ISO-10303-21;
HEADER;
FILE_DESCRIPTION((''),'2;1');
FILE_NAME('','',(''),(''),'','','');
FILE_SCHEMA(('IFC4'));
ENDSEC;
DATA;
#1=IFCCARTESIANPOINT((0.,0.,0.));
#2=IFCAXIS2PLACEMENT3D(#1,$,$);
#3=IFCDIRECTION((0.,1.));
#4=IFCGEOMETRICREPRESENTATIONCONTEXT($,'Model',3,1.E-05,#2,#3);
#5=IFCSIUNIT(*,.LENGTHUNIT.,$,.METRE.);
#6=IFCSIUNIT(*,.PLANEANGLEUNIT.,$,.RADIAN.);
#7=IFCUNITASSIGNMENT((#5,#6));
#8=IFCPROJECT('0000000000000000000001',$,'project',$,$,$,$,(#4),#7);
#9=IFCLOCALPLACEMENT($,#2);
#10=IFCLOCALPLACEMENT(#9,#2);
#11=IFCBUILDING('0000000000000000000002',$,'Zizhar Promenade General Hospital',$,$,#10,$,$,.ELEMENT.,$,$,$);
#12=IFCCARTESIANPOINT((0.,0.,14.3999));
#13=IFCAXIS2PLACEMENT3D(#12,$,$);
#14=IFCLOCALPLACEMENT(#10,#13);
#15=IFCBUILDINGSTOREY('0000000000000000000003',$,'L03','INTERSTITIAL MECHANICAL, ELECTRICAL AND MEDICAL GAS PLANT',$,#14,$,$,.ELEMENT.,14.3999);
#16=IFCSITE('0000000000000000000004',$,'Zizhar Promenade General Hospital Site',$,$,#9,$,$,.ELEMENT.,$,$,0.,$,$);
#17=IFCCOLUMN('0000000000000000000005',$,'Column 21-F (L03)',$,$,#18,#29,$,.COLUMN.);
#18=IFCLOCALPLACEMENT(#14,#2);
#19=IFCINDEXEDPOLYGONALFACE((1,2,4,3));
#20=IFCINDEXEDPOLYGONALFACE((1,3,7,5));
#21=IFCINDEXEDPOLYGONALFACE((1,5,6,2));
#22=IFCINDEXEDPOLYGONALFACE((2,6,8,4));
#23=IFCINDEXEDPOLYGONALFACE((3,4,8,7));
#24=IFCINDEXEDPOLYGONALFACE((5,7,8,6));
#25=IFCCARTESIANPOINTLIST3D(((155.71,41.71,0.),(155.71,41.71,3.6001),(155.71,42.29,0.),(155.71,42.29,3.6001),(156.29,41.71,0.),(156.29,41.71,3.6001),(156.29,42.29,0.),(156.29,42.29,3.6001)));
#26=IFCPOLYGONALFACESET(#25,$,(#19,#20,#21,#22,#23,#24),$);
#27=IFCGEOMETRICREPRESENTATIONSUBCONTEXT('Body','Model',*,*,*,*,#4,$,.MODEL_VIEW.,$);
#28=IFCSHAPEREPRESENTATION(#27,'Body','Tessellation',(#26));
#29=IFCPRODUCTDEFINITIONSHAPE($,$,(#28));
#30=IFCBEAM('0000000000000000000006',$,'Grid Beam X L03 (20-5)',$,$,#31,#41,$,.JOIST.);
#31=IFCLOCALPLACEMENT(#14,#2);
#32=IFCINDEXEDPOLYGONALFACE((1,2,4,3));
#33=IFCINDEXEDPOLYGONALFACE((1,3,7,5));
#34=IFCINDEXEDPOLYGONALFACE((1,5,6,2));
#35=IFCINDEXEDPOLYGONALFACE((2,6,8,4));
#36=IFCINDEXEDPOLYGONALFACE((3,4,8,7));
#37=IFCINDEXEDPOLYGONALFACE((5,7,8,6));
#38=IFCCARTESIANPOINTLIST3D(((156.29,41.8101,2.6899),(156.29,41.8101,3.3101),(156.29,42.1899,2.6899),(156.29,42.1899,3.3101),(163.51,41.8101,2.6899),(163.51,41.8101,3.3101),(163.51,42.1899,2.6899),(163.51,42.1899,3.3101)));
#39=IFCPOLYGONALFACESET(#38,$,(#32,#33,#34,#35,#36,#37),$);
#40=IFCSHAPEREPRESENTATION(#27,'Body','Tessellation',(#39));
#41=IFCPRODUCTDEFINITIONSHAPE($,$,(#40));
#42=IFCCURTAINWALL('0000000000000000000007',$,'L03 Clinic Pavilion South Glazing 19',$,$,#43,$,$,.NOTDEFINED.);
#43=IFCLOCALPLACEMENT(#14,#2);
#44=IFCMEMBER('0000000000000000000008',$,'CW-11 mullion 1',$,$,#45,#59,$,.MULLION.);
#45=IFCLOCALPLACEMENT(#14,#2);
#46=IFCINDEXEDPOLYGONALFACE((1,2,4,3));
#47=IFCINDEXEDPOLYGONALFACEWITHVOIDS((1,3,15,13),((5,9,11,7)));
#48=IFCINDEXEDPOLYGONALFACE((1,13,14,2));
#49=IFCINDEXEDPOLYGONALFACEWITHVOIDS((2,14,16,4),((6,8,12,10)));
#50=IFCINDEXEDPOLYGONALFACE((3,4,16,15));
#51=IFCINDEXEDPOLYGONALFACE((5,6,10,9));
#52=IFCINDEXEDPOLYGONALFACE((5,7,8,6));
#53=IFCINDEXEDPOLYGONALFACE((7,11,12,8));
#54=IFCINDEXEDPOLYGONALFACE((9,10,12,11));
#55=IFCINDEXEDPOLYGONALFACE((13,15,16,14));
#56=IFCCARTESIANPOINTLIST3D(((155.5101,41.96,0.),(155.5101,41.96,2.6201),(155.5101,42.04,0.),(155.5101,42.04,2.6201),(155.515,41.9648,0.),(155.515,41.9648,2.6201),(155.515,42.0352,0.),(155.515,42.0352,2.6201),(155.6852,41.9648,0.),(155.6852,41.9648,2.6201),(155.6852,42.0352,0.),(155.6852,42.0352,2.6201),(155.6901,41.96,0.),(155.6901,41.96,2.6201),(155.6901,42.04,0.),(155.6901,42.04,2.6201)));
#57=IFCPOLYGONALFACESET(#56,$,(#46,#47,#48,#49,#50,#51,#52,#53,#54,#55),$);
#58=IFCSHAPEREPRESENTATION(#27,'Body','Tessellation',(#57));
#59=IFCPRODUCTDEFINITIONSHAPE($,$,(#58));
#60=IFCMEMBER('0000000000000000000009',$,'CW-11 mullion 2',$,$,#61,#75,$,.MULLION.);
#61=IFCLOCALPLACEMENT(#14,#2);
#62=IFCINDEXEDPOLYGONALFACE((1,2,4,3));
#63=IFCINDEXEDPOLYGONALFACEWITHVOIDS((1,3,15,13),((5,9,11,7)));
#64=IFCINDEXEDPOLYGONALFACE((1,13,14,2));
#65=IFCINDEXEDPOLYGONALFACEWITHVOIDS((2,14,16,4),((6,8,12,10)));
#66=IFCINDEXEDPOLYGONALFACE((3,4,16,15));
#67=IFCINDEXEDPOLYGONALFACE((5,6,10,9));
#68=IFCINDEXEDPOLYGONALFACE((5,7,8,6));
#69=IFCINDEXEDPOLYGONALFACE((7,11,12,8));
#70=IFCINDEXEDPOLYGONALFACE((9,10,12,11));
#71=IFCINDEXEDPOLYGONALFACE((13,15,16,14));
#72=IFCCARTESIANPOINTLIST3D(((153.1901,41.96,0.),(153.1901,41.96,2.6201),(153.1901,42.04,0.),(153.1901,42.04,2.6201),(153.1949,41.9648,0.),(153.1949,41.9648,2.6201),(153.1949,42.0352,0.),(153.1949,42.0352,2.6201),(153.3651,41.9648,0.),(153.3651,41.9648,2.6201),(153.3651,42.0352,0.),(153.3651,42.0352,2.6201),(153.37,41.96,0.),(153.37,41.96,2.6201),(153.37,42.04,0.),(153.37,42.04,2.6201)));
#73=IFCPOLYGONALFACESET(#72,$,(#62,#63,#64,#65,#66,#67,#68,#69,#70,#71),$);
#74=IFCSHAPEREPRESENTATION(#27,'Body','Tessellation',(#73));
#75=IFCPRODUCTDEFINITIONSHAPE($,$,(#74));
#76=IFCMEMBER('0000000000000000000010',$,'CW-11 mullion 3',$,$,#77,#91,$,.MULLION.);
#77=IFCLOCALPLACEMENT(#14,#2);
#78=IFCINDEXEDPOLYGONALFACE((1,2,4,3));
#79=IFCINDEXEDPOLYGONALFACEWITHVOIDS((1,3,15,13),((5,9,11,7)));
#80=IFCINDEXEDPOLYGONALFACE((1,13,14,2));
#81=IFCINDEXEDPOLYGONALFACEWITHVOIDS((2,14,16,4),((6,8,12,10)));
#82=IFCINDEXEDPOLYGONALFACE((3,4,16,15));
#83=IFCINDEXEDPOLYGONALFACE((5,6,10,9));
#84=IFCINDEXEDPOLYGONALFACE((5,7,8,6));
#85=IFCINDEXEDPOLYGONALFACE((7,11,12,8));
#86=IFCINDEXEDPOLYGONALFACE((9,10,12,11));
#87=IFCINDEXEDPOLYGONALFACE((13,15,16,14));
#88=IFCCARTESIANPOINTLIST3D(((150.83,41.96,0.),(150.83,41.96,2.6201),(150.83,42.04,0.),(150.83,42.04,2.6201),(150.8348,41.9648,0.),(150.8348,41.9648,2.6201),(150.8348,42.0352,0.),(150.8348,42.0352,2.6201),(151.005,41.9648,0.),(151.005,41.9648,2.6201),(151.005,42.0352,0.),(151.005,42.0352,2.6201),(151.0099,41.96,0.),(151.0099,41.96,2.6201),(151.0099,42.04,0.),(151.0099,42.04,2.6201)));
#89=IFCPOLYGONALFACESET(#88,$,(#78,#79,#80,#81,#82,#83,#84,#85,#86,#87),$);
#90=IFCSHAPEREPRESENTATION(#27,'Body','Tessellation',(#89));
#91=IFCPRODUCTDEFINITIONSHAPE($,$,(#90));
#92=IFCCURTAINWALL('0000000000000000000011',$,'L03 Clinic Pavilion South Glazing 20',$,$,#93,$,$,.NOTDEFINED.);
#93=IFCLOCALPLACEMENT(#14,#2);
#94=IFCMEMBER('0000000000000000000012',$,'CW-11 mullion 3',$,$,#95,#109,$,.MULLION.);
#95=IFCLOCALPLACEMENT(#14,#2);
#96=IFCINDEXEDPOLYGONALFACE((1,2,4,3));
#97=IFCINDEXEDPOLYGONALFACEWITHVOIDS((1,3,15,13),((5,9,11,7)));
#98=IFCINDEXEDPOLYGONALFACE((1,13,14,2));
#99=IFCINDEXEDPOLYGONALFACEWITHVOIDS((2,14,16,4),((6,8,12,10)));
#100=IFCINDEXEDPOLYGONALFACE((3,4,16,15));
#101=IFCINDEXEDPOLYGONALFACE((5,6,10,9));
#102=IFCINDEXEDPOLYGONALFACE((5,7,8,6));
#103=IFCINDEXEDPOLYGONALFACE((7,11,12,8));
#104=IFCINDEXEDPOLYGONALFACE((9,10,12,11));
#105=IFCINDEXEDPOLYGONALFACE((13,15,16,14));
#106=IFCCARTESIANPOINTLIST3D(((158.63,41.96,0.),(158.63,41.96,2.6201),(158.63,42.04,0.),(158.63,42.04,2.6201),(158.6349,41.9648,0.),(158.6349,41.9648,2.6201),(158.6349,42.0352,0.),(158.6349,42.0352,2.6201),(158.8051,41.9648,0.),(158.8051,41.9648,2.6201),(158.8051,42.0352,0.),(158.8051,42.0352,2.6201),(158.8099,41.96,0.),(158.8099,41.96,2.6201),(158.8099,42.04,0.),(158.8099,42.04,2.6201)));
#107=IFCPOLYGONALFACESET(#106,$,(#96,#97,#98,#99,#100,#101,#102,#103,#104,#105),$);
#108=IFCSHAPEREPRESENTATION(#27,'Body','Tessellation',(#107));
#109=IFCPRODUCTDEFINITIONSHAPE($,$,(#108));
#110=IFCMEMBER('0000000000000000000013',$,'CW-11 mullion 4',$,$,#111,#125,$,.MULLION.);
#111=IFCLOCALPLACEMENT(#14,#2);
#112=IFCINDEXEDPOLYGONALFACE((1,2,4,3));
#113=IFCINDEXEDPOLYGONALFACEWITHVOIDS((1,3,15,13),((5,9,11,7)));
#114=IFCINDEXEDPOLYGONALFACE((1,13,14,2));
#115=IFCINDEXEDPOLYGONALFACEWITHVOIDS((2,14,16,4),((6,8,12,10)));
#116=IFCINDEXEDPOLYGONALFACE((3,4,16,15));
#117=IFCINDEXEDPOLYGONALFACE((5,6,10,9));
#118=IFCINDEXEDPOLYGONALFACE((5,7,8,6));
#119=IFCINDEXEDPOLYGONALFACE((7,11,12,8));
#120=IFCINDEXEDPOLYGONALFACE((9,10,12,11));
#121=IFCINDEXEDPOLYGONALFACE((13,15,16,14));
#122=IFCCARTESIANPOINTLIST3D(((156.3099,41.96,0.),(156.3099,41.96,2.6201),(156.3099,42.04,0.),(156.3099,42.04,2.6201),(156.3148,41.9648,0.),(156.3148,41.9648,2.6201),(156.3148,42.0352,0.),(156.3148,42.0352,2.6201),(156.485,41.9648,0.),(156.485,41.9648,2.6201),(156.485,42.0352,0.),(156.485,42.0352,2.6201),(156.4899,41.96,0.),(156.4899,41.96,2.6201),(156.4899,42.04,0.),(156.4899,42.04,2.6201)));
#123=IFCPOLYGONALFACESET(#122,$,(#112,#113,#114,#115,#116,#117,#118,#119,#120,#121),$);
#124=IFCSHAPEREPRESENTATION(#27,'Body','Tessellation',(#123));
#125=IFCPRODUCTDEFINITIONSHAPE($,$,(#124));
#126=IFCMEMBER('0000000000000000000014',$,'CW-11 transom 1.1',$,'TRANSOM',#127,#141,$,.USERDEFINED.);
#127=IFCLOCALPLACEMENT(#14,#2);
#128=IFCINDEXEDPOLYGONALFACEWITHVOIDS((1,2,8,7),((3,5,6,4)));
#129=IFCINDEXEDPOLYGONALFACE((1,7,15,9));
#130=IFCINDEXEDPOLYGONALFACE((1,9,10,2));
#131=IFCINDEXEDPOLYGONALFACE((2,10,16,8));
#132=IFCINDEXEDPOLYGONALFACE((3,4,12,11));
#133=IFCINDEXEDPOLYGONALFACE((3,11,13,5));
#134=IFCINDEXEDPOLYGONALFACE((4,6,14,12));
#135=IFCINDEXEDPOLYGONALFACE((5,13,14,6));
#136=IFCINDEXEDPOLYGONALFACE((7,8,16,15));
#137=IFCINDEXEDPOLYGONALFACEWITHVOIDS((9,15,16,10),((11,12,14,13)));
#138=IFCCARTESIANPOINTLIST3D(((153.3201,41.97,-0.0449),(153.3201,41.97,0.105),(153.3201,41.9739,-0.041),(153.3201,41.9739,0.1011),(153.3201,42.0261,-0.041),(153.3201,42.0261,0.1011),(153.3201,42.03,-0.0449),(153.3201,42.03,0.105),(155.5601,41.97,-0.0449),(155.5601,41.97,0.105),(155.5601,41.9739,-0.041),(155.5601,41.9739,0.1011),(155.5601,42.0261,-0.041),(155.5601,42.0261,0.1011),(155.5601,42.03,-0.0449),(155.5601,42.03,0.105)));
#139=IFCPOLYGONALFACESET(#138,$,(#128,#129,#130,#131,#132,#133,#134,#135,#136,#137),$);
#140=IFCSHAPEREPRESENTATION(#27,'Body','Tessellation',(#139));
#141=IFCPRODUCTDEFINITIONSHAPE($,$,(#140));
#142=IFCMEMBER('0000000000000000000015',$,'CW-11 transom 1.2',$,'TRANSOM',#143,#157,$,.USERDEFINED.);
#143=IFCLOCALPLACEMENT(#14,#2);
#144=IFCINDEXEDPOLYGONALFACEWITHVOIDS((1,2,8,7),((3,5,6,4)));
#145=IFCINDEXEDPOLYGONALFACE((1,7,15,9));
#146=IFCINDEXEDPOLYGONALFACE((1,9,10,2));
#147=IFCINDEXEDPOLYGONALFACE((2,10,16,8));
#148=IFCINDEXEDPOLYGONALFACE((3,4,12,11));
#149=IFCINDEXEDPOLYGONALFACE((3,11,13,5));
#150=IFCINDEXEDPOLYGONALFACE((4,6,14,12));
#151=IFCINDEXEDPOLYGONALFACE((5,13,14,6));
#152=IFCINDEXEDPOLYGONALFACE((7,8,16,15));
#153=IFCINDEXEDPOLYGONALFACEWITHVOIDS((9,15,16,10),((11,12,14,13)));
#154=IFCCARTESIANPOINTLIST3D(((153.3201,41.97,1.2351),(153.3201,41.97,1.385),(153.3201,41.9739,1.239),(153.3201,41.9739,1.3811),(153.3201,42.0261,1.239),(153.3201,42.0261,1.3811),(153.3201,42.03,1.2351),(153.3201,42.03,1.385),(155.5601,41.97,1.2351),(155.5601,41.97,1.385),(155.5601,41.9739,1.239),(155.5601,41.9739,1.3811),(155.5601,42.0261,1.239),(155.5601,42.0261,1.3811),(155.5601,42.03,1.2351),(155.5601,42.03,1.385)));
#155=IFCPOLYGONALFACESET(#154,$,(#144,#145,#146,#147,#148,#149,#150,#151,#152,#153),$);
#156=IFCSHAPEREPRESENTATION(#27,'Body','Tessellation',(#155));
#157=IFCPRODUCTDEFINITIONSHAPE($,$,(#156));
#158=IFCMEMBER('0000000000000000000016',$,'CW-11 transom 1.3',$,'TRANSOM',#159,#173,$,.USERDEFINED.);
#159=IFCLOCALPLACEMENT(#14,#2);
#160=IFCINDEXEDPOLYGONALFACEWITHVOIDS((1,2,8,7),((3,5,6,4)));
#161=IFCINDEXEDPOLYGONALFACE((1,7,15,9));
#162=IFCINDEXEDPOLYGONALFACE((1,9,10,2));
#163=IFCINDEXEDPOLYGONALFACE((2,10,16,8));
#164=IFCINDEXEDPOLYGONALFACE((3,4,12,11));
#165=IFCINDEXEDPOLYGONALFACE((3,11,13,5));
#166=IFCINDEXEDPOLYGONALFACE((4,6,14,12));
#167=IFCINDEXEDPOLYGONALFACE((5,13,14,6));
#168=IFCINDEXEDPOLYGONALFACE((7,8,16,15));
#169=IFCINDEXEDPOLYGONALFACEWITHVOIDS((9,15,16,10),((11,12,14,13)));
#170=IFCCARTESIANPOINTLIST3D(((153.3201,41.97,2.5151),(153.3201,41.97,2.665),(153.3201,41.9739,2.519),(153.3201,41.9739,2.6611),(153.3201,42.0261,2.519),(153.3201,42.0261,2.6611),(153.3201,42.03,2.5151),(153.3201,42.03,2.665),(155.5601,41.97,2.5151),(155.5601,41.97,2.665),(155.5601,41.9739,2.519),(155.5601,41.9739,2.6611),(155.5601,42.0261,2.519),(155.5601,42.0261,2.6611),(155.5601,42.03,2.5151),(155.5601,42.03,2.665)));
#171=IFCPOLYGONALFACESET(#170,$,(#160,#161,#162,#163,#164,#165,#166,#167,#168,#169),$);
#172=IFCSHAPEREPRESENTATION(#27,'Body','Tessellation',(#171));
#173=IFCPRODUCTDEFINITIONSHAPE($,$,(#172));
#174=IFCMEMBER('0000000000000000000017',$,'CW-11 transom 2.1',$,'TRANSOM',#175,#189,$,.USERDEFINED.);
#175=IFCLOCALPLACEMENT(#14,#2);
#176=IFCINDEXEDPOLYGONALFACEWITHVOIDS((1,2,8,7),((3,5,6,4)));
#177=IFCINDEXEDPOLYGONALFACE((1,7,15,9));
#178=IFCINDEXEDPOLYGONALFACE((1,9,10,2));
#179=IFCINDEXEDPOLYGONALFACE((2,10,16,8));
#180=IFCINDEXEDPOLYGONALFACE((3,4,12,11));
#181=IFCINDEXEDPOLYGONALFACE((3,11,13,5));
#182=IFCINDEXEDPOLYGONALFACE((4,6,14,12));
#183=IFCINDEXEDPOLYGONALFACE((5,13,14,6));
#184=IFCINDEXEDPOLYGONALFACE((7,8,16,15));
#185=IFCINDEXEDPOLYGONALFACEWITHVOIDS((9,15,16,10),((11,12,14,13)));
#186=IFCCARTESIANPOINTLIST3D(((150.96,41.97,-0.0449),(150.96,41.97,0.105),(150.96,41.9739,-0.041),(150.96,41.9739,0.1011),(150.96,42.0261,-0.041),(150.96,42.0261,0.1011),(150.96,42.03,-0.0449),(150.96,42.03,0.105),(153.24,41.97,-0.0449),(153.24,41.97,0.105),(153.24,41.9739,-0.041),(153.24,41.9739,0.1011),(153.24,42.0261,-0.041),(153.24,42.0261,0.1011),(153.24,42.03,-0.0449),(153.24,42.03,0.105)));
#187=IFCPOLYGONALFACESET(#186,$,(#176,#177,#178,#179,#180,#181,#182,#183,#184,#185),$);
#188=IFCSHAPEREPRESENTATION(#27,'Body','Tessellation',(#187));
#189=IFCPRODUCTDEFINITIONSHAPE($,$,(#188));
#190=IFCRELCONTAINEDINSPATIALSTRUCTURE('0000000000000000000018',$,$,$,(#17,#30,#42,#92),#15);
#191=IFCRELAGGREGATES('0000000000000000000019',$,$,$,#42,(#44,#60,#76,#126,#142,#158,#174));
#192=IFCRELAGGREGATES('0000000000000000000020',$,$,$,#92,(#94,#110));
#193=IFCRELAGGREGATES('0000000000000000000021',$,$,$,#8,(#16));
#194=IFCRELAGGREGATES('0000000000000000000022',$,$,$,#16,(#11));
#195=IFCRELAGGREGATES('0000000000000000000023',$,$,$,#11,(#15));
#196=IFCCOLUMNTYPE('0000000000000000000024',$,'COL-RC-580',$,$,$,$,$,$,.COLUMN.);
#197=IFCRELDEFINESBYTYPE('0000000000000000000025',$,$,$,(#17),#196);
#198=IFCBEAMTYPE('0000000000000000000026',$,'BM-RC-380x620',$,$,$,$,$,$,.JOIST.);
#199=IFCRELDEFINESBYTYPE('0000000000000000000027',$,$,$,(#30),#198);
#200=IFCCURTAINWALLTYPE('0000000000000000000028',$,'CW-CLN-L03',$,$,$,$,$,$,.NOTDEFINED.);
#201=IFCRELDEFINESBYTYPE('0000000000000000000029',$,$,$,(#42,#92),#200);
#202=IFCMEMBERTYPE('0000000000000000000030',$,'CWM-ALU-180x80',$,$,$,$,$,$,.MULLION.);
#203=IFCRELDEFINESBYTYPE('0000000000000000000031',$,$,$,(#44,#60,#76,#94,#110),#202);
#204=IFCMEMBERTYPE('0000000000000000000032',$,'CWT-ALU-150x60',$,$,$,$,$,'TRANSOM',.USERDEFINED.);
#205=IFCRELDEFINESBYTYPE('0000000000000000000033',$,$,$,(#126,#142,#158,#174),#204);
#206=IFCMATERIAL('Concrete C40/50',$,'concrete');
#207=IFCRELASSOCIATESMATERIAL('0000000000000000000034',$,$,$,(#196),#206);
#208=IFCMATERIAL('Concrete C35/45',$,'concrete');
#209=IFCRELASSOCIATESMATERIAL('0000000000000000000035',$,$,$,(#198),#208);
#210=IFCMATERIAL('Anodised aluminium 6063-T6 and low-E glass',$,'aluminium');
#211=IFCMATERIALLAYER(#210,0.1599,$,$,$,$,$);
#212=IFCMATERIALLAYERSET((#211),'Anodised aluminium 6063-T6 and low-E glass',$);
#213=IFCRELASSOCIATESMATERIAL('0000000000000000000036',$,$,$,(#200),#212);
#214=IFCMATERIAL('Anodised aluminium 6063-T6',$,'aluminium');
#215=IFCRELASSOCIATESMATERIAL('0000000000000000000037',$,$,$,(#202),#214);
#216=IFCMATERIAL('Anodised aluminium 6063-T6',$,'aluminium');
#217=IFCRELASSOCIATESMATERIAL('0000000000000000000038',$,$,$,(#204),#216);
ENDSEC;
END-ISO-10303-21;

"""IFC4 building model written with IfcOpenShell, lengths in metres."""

from ifc_helpers import new_model, si_unit, direction, frame, origin, origin_2d, place, context, subcontext, project, spatial, rectangle, hollow_rectangle, extrude, material, layer, layer_set, material_profile, profile_set, type_object, element, aggregate, save


model = new_model("IFC4")

# Units and contexts
model_context = context("Model", 3, precision=1e-05, world=origin(), true_north=direction((0.0, 1.0)))
body_context = subcontext(model_context, "Body", "Model", "MODEL_VIEW")
ifc_project = project(units=[si_unit("LENGTHUNIT", "METRE"), si_unit("PLANEANGLEUNIT", "RADIAN")], contexts=[model_context])

# Site, building, storey
site_placement = place(None, origin())
site = spatial("IfcSite", under=ifc_project, at=site_placement, Name="Zizhar Promenade General Hospital Site", CompositionType="ELEMENT", RefElevation=0.0)
building_placement = place(site_placement, origin())
building = spatial("IfcBuilding", under=site, at=building_placement, Name="Zizhar Promenade General Hospital", CompositionType="ELEMENT")
storey_placement = place(building_placement, frame((0.0, 0.0, 14.3999)))
storey = spatial("IfcBuildingStorey", under=building, at=storey_placement, Name="L03", Description="INTERSTITIAL MECHANICAL, ELECTRICAL AND MEDICAL GAS PLANT", CompositionType="ELEMENT", Elevation=14.3999)

# Column
ifc_material_1 = material(Name="Concrete C40/50", Category="concrete")
ifc_material_profile_1 = material_profile(ifc_material_1, rectangle(XDim=0.5801, YDim=0.5801, at=origin_2d()))
ifc_profile_set_1 = profile_set([ifc_material_profile_1], Name="Concrete C40/50")
column_type = type_object("IfcColumnType", Name="COL-RC-580", PredefinedType="COLUMN", material=ifc_profile_set_1)
column_placement = place(storey_placement, frame((156.0, 42.0, 0.0), z_axis=(0.0, 0.0, 1.0), x_axis=(1.0, 0.0, 0.0)))
element("IfcColumn", 1, at=column_placement, inside=storey, type_object=column_type, Name="Column 21-F (L03)", PredefinedType="COLUMN", context=body_context, shape_type="SweptSolid", body=[
    extrude(rectangle(XDim=0.5801, YDim=0.5801, at=origin_2d()), origin(), (0.0, 0.0, 1.0), 3.6001),
])

# Beam
ifc_material_2 = material(Name="Concrete C35/45", Category="concrete")
ifc_material_profile_2 = material_profile(ifc_material_2, rectangle(XDim=0.3799, YDim=0.6201, at=origin_2d()))
ifc_profile_set_2 = profile_set([ifc_material_profile_2], Name="Concrete C35/45")
beam_type = type_object("IfcBeamType", Name="BM-RC-380x620", PredefinedType="JOIST", material=ifc_profile_set_2)
beam_placement = place(storey_placement, frame((156.29, 42.0, 3.0), z_axis=(1.0, 0.0, 0.0), x_axis=(0.0, 1.0, 0.0)))
element("IfcBeam", 2, at=beam_placement, inside=storey, type_object=beam_type, Name="Grid Beam X L03 (20-5)", PredefinedType="JOIST", context=body_context, shape_type="SweptSolid", body=[
    extrude(rectangle(XDim=0.3799, YDim=0.6201, at=origin_2d()), origin(), (0.0, 0.0, 1.0), 7.22),
])

# Curtain walls, members
ifc_material_3 = material(Name="Anodised aluminium 6063-T6 and low-E glass", Category="aluminium")
ifc_layer_1 = layer(ifc_material_3, 0.1599)
ifc_layer_set_1 = layer_set([ifc_layer_1], Name="Anodised aluminium 6063-T6 and low-E glass")
curtain_wall_type = type_object("IfcCurtainWallType", Name="CW-CLN-L03", PredefinedType="NOTDEFINED", material=ifc_layer_set_1)
curtain_wall_1_placement = place(storey_placement, origin())
curtain_wall_1 = element("IfcCurtainWall", 3, at=curtain_wall_1_placement, inside=storey, type_object=curtain_wall_type, Name="L03 Clinic Pavilion South Glazing 19", PredefinedType="NOTDEFINED")
ifc_material_4 = material(Name="Anodised aluminium 6063-T6", Category="aluminium")
ifc_material_profile_3 = material_profile(ifc_material_4, hollow_rectangle(XDim=0.0801, YDim=0.1799, WallThickness=0.0049, at=origin_2d()))
ifc_profile_set_3 = profile_set([ifc_material_profile_3], Name="Anodised aluminium 6063-T6")
member_type_1 = type_object("IfcMemberType", Name="CWM-ALU-180x80", PredefinedType="MULLION", material=ifc_profile_set_3)
member_1_placement = place(storey_placement, frame((155.6001, 42.0, 0.0), z_axis=(0.0, 0.0, 1.0), x_axis=(0.0, -1.0, 0.0)))
member_1 = element("IfcMember", 4, at=member_1_placement, type_object=member_type_1, Name="CW-11 mullion 1", PredefinedType="MULLION", context=body_context, shape_type="SweptSolid", body=[
    extrude(hollow_rectangle(XDim=0.0801, YDim=0.1799, WallThickness=0.0049, at=origin_2d()), origin(), (0.0, 0.0, 1.0), 2.6201),
])
member_2_placement = place(storey_placement, frame((153.28, 42.0, 0.0), z_axis=(0.0, 0.0, 1.0), x_axis=(0.0, -1.0, 0.0)))
member_2 = element("IfcMember", 5, at=member_2_placement, type_object=member_type_1, Name="CW-11 mullion 2", PredefinedType="MULLION", context=body_context, shape_type="SweptSolid", body=[
    extrude(hollow_rectangle(XDim=0.0801, YDim=0.1799, WallThickness=0.0049, at=origin_2d()), origin(), (0.0, 0.0, 1.0), 2.6201),
])
member_3_placement = place(storey_placement, frame((150.9199, 42.0, 0.0), z_axis=(0.0, 0.0, 1.0), x_axis=(0.0, -1.0, 0.0)))
member_3 = element("IfcMember", 6, at=member_3_placement, type_object=member_type_1, Name="CW-11 mullion 3", PredefinedType="MULLION", context=body_context, shape_type="SweptSolid", body=[
    extrude(hollow_rectangle(XDim=0.0801, YDim=0.1799, WallThickness=0.0049, at=origin_2d()), origin(), (0.0, 0.0, 1.0), 2.6201),
])
curtain_wall_2_placement = place(storey_placement, origin())
curtain_wall_2 = element("IfcCurtainWall", 7, at=curtain_wall_2_placement, inside=storey, type_object=curtain_wall_type, Name="L03 Clinic Pavilion South Glazing 20", PredefinedType="NOTDEFINED")
member_4_placement = place(storey_placement, frame((158.72, 42.0, 0.0), z_axis=(0.0, 0.0, 1.0), x_axis=(0.0, -1.0, 0.0)))
member_4 = element("IfcMember", 8, at=member_4_placement, type_object=member_type_1, Name="CW-11 mullion 3", PredefinedType="MULLION", context=body_context, shape_type="SweptSolid", body=[
    extrude(hollow_rectangle(XDim=0.0801, YDim=0.1799, WallThickness=0.0049, at=origin_2d()), origin(), (0.0, 0.0, 1.0), 2.6201),
])
member_5_placement = place(storey_placement, frame((156.3999, 42.0, 0.0), z_axis=(0.0, 0.0, 1.0), x_axis=(0.0, -1.0, 0.0)))
member_5 = element("IfcMember", 9, at=member_5_placement, type_object=member_type_1, Name="CW-11 mullion 4", PredefinedType="MULLION", context=body_context, shape_type="SweptSolid", body=[
    extrude(hollow_rectangle(XDim=0.0801, YDim=0.1799, WallThickness=0.0049, at=origin_2d()), origin(), (0.0, 0.0, 1.0), 2.6201),
])

# Members
ifc_material_5 = material(Name="Anodised aluminium 6063-T6", Category="aluminium")
ifc_material_profile_4 = material_profile(ifc_material_5, hollow_rectangle(XDim=0.0601, YDim=0.1499, WallThickness=0.0039, at=origin_2d()))
ifc_profile_set_4 = profile_set([ifc_material_profile_4], Name="Anodised aluminium 6063-T6")
member_type_2 = type_object("IfcMemberType", Name="CWT-ALU-150x60", ElementType="TRANSOM", PredefinedType="USERDEFINED", material=ifc_profile_set_4)
member_6_placement = place(storey_placement, frame((155.5601, 42.0, 0.03), z_axis=(-1.0, 0.0, 0.0), x_axis=(0.0, -1.0, 0.0)))
member_6 = element("IfcMember", 10, at=member_6_placement, type_object=member_type_2, Name="CW-11 transom 1.1", ObjectType="TRANSOM", PredefinedType="USERDEFINED", context=body_context, shape_type="SweptSolid", body=[
    extrude(hollow_rectangle(XDim=0.0601, YDim=0.1499, WallThickness=0.0039, at=origin_2d()), origin(), (0.0, 0.0, 1.0), 2.24),
])
member_7_placement = place(storey_placement, frame((155.5601, 42.0, 1.3101), z_axis=(-1.0, 0.0, 0.0), x_axis=(0.0, -1.0, 0.0)))
member_7 = element("IfcMember", 11, at=member_7_placement, type_object=member_type_2, Name="CW-11 transom 1.2", ObjectType="TRANSOM", PredefinedType="USERDEFINED", context=body_context, shape_type="SweptSolid", body=[
    extrude(hollow_rectangle(XDim=0.0601, YDim=0.1499, WallThickness=0.0039, at=origin_2d()), origin(), (0.0, 0.0, 1.0), 2.24),
])
member_8_placement = place(storey_placement, frame((155.5601, 42.0, 2.5901), z_axis=(-1.0, 0.0, 0.0), x_axis=(0.0, -1.0, 0.0)))
member_8 = element("IfcMember", 12, at=member_8_placement, type_object=member_type_2, Name="CW-11 transom 1.3", ObjectType="TRANSOM", PredefinedType="USERDEFINED", context=body_context, shape_type="SweptSolid", body=[
    extrude(hollow_rectangle(XDim=0.0601, YDim=0.1499, WallThickness=0.0039, at=origin_2d()), origin(), (0.0, 0.0, 1.0), 2.24),
])
member_9_placement = place(storey_placement, frame((153.24, 42.0, 0.03), z_axis=(-1.0, 0.0, 0.0), x_axis=(0.0, -1.0, 0.0)))
member_9 = element("IfcMember", 13, at=member_9_placement, type_object=member_type_2, Name="CW-11 transom 2.1", ObjectType="TRANSOM", PredefinedType="USERDEFINED", context=body_context, shape_type="SweptSolid", body=[
    extrude(hollow_rectangle(XDim=0.0601, YDim=0.1499, WallThickness=0.0039, at=origin_2d()), origin(), (0.0, 0.0, 1.0), 2.28),
])

aggregate(curtain_wall_1, [member_1, member_2, member_3, member_6, member_7, member_8, member_9])
aggregate(curtain_wall_2, [member_4, member_5])

save(model, "model.ifc")
